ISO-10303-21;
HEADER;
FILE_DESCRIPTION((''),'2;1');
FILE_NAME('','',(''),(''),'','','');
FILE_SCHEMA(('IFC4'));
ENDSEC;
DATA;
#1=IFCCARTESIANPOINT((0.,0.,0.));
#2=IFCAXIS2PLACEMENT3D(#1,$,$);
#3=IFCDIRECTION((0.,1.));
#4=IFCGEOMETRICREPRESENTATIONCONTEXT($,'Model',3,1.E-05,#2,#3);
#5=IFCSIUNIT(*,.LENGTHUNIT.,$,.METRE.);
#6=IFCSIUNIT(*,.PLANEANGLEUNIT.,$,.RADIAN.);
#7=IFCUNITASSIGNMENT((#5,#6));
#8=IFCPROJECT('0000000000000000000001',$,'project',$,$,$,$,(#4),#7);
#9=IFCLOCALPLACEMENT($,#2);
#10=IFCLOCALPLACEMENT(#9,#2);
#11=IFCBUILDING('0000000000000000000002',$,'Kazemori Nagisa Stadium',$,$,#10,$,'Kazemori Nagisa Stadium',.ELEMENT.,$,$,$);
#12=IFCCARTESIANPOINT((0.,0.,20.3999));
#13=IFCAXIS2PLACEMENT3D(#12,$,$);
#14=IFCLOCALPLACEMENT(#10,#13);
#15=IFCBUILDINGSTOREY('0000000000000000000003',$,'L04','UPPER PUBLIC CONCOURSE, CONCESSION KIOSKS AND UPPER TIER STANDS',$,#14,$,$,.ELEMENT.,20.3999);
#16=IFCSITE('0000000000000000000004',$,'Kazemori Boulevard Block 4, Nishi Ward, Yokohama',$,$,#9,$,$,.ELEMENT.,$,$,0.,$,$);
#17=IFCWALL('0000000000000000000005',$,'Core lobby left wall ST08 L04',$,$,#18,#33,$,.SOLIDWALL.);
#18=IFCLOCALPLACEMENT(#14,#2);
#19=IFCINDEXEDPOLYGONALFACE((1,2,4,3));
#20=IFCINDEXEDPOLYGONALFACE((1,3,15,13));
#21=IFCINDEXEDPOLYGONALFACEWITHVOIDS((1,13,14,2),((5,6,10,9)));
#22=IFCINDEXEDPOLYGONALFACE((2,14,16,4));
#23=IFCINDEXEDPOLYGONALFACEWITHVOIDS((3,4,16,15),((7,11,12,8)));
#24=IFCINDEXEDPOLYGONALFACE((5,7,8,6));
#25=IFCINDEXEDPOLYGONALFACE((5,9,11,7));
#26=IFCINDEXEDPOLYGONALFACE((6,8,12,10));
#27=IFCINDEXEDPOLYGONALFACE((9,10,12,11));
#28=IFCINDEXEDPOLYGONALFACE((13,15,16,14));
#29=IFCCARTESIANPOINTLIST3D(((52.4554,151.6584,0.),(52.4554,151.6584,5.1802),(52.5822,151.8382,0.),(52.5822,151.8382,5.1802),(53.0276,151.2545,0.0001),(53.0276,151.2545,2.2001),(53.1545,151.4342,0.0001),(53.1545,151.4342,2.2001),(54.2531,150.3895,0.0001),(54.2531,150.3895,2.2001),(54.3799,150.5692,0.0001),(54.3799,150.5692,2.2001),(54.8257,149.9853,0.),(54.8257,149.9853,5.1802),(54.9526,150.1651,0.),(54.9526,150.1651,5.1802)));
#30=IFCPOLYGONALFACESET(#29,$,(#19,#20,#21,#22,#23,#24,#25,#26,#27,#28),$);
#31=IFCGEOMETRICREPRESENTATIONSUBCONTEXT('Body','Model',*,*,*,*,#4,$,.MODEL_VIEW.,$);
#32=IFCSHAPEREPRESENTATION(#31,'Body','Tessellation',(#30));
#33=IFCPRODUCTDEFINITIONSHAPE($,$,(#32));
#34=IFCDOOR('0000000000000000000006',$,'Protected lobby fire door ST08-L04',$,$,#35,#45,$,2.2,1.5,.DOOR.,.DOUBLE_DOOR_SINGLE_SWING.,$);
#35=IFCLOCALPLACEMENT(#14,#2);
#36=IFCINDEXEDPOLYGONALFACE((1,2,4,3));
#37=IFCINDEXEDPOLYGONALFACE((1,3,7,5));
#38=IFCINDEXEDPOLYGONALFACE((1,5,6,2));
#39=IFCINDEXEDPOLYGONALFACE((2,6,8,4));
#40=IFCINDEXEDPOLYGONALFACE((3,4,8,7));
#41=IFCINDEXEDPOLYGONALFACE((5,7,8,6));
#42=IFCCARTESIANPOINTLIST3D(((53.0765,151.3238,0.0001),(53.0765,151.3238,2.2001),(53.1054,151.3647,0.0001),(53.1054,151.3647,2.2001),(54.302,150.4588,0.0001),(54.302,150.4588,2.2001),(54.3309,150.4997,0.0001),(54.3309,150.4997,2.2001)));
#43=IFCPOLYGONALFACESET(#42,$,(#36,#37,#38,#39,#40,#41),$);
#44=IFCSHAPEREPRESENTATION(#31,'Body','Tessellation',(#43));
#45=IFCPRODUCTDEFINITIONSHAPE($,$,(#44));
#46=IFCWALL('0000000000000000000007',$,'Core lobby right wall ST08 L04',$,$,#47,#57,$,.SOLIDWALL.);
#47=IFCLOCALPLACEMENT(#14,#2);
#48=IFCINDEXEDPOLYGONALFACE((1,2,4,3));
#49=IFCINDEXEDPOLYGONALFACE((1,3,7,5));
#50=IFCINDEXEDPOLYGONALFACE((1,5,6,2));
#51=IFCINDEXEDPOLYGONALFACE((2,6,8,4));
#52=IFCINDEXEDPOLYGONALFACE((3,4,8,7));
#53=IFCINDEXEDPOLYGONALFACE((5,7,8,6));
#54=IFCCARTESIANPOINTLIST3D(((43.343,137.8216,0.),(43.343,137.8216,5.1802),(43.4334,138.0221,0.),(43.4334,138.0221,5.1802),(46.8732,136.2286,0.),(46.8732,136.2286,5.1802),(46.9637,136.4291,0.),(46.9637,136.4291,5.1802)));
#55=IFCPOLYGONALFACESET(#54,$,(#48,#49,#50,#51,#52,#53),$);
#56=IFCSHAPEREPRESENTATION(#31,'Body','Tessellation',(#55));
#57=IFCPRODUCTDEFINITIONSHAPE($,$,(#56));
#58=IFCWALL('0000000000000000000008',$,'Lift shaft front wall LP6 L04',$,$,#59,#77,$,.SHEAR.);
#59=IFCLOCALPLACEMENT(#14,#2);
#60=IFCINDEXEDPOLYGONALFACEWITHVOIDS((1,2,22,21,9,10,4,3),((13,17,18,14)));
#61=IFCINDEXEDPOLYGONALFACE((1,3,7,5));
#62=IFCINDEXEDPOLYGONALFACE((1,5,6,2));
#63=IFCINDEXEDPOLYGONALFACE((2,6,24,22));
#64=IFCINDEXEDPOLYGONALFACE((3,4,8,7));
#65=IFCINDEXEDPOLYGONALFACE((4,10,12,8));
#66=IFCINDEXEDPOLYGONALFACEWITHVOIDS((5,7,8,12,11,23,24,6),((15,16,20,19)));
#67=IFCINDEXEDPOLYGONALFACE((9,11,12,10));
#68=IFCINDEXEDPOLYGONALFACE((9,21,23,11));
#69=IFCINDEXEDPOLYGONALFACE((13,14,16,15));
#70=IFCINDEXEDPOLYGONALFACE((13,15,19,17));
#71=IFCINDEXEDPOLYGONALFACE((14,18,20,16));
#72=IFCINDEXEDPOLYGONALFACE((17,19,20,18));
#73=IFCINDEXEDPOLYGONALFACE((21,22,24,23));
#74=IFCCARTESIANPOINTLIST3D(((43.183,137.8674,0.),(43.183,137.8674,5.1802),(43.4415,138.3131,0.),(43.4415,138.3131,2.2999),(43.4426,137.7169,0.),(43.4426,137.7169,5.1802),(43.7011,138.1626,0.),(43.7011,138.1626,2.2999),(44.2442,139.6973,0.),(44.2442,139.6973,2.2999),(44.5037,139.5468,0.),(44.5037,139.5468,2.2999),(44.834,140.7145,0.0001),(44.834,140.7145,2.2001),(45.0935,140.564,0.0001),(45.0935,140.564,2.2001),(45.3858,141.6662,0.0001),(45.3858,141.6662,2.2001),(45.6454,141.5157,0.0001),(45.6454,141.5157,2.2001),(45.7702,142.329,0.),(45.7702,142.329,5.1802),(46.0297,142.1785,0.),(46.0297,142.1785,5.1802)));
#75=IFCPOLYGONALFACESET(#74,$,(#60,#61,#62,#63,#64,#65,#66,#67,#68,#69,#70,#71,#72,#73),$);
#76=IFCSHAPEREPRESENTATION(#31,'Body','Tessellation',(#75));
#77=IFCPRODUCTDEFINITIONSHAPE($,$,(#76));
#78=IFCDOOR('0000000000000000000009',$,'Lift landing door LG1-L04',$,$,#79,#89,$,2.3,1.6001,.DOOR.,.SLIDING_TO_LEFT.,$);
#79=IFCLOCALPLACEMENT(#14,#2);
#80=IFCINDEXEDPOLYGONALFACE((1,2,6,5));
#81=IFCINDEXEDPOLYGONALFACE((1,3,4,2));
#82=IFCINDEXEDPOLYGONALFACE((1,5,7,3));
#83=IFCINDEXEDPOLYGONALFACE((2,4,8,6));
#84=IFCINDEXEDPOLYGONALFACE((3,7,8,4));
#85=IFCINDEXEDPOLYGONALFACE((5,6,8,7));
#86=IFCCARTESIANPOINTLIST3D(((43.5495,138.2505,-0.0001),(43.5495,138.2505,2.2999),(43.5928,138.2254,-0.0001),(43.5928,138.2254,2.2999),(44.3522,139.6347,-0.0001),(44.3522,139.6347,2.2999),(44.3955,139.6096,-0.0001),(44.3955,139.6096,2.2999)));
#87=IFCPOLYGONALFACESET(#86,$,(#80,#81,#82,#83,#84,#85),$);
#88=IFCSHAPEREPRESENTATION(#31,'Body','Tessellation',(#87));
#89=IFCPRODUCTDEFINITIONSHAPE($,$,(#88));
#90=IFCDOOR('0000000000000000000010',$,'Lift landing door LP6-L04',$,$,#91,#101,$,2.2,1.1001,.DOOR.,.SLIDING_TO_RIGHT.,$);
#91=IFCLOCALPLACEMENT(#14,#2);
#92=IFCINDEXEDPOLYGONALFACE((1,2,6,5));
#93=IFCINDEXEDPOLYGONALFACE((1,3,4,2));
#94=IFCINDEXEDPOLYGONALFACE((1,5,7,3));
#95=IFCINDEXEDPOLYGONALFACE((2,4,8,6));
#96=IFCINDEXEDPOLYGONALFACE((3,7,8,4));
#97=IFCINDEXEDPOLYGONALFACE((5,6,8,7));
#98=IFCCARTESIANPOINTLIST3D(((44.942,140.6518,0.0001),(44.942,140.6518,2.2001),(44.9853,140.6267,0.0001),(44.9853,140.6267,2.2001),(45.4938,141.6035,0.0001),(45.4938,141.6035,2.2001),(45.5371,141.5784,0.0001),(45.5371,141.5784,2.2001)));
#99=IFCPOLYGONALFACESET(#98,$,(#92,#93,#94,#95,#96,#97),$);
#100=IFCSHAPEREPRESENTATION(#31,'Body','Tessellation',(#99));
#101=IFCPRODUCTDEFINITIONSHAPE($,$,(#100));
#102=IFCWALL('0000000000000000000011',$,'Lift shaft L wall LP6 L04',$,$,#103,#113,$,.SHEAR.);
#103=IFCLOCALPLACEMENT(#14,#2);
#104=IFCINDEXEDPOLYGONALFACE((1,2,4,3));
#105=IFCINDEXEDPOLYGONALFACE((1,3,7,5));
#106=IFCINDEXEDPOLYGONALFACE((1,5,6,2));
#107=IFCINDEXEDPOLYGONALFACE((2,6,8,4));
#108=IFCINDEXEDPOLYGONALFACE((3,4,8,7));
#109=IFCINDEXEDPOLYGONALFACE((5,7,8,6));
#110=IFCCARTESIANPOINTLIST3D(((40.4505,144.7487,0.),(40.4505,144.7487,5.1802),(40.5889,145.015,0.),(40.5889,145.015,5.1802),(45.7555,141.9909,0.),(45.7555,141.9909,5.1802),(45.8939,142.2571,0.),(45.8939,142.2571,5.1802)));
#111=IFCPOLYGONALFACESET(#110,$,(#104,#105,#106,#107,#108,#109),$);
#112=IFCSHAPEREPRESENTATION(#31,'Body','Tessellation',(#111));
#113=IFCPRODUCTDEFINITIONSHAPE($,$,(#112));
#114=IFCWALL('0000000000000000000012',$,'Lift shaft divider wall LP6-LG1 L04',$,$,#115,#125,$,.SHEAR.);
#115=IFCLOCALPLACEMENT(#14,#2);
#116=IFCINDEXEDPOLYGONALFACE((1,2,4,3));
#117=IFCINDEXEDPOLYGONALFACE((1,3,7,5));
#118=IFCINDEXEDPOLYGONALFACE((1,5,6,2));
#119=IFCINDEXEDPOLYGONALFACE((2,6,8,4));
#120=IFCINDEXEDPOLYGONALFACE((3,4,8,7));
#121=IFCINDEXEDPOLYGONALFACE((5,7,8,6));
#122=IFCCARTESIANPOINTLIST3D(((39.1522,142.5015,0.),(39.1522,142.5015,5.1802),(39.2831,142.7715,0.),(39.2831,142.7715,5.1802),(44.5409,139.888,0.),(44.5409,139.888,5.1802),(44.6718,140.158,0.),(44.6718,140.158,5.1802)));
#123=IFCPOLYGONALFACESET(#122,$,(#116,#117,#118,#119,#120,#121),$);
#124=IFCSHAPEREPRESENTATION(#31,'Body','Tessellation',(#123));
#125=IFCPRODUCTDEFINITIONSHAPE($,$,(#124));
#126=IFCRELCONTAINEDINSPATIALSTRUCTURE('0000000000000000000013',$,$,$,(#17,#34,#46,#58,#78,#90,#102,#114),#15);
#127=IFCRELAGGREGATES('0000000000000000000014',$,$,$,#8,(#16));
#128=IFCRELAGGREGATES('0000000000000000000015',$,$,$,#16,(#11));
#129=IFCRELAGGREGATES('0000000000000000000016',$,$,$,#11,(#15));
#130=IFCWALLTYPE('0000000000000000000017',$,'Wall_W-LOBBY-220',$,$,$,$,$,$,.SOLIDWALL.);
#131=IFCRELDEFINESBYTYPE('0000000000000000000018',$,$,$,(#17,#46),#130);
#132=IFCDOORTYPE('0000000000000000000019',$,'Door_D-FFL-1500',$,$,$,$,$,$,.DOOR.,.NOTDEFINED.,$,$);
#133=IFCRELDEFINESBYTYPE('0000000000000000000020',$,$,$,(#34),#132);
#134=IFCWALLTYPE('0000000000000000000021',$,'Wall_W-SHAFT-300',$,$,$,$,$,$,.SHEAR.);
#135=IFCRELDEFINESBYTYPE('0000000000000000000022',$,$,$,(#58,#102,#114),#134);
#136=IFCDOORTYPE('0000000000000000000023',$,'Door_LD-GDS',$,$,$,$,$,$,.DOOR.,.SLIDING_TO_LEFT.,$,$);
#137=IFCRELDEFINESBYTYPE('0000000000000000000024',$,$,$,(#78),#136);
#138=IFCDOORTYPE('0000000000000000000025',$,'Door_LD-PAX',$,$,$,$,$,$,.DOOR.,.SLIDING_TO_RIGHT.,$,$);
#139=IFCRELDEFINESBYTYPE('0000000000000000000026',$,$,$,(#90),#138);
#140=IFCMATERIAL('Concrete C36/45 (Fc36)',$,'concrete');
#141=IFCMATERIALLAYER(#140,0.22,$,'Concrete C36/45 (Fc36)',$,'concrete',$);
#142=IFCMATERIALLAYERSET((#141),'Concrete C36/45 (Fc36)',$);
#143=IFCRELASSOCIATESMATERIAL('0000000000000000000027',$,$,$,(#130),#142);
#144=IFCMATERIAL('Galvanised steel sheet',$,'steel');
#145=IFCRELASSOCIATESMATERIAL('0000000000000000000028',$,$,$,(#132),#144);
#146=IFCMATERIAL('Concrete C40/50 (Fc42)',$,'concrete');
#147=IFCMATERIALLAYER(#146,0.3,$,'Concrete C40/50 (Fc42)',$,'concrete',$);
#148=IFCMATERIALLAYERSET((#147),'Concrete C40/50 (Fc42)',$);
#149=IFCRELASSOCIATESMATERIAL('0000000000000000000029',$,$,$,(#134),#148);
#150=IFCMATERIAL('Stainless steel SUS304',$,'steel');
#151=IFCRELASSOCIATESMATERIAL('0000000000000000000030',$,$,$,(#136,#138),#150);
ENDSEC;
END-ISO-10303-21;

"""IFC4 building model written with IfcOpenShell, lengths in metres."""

from ifc_helpers import new_model, si_unit, direction, frame, frame_2d, origin, place, context, subcontext, project, spatial, rectangle, extrude, material, layer, layer_set, type_object, element, fill, save


model = new_model("IFC4")

# Units and contexts
model_context = context("Model", 3, precision=1e-05, world=origin(), true_north=direction((0.0, 1.0)))
body_context = subcontext(model_context, "Body", "Model", "MODEL_VIEW")
ifc_project = project(units=[si_unit("LENGTHUNIT", "METRE"), si_unit("PLANEANGLEUNIT", "RADIAN")], contexts=[model_context])

# Site, building, storey
site_placement = place(None, origin())
site = spatial("IfcSite", under=ifc_project, at=site_placement, Name="Kazemori Boulevard Block 4, Nishi Ward, Yokohama", CompositionType="ELEMENT", RefElevation=0.0)
building_placement = place(site_placement, origin())
building = spatial("IfcBuilding", under=site, at=building_placement, Name="Kazemori Nagisa Stadium", LongName="Kazemori Nagisa Stadium", CompositionType="ELEMENT")
storey_placement = place(building_placement, frame((0.0, 0.0, 20.3999)))
storey = spatial("IfcBuildingStorey", under=building, at=storey_placement, Name="L04", Description="UPPER PUBLIC CONCOURSE, CONCESSION KIOSKS AND UPPER TIER STANDS", CompositionType="ELEMENT", Elevation=20.3999)

# Shared definitions
ifc_material_1 = material(Name="Concrete C40/50 (Fc42)", Category="concrete")

# Wall, opening, door
ifc_material_2 = material(Name="Concrete C36/45 (Fc36)", Category="concrete")
ifc_layer_1 = layer(ifc_material_2, 0.22, Name="Concrete C36/45 (Fc36)", Category="concrete")
ifc_layer_set_1 = layer_set([ifc_layer_1], Name="Concrete C36/45 (Fc36)")
wall_type_1 = type_object("IfcWallType", Name="Wall_W-LOBBY-220", PredefinedType="SOLIDWALL", material=ifc_layer_set_1)
wall_1_placement = place(storey_placement, frame((54.8892, 150.0752, 0.0), z_axis=(0.0, 0.0, 1.0), x_axis=(-0.816984, 0.57666, 0.0)))
wall_1 = element("IfcWall", 1, at=wall_1_placement, inside=storey, type_object=wall_type_1, Name="Core lobby left wall ST08 L04", PredefinedType="SOLIDWALL", context=body_context, shape_type="SweptSolid", body=[
    extrude(rectangle(XDim=2.9014, YDim=0.22, at=frame_2d((1.4507, 0.0))), origin(), (0.0, 0.0, 1.0), 5.1802),
])
opening_1_placement = place(wall_1_placement, frame((0.7009, 0.0, 0.0)))
opening_1 = element("IfcOpeningElement", 2, at=opening_1_placement, cuts=wall_1, PredefinedType="OPENING", context=body_context, shape_type="SweptSolid", body=[
    extrude(rectangle(XDim=1.5, YDim=2.2, at=frame_2d((0.75, 1.1001))), frame((0.0, 0.1199, 0.0), z_axis=(0.0, -1.0, 0.0), x_axis=(1.0, 0.0, 0.0)), (0.0, 0.0, 1.0), 0.24),
])
ifc_material_3 = material(Name="Galvanised steel sheet", Category="steel")
door_type_1 = type_object("IfcDoorType", Name="Door_D-FFL-1500", OperationType="NOTDEFINED", PredefinedType="DOOR", material=ifc_material_3)
door_1_placement = place(opening_1_placement, frame((1.5, 0.0, 0.0), z_axis=(0.0, 0.0, 1.0), x_axis=(-1.0, 0.0, 0.0)))
door_1 = element("IfcDoor", 3, at=door_1_placement, inside=storey, type_object=door_type_1, Name="Protected lobby fire door ST08-L04", OperationType="DOUBLE_DOOR_SINGLE_SWING", OverallHeight=2.2, OverallWidth=1.5, PredefinedType="DOOR", context=body_context, shape_type="SweptSolid", body=[
    extrude(rectangle(XDim=1.5, YDim=2.2, at=frame_2d((0.75, 1.1001))), frame((0.0, 0.0249, 0.0), z_axis=(0.0, -1.0, 0.0), x_axis=(1.0, 0.0, 0.0)), (0.0, 0.0, 1.0), 0.05),
])
fill(opening_1, door_1)

# Wall
wall_2_placement = place(storey_placement, frame((46.9185, 136.3289, 0.0), z_axis=(0.0, 0.0, 1.0), x_axis=(-0.911496, 0.411308, 0.0)))
element("IfcWall", 4, at=wall_2_placement, inside=storey, type_object=wall_type_1, Name="Core lobby right wall ST08 L04", PredefinedType="SOLIDWALL", context=body_context, shape_type="SweptSolid", body=[
    extrude(rectangle(XDim=3.873, YDim=0.22, at=frame_2d((1.9365, 0.0))), origin(), (0.0, 0.0, 1.0), 5.1802),
])

# Wall, openings, doors
ifc_layer_2 = layer(ifc_material_1, 0.3, Name="Concrete C40/50 (Fc42)", Category="concrete")
ifc_layer_set_2 = layer_set([ifc_layer_2], Name="Concrete C40/50 (Fc42)")
wall_type_2 = type_object("IfcWallType", Name="Wall_W-SHAFT-300", PredefinedType="SHEAR", material=ifc_layer_set_2)
wall_3_placement = place(storey_placement, frame((45.8999, 142.2537, 0.0), z_axis=(0.0, 0.0, 1.0), x_axis=(-0.50163, -0.865083, 0.0)))
wall_3 = element("IfcWall", 5, at=wall_3_placement, inside=storey, type_object=wall_type_2, Name="Lift shaft front wall LP6 L04", PredefinedType="SHEAR", context=body_context, shape_type="SweptSolid", body=[
    extrude(rectangle(XDim=5.1575, YDim=0.3, at=frame_2d((2.5786, 0.0))), origin(), (0.0, 0.0, 1.0), 5.1802),
])
opening_2_placement = place(wall_3_placement, frame((0.7661, 0.0, 0.0)))
opening_2 = element("IfcOpeningElement", 6, at=opening_2_placement, cuts=wall_3, PredefinedType="OPENING", context=body_context, shape_type="SweptSolid", body=[
    extrude(rectangle(XDim=1.1001, YDim=2.2, at=frame_2d((0.55, 1.1001))), frame((0.0, 0.1599, 0.0), z_axis=(0.0, -1.0, 0.0), x_axis=(1.0, 0.0, 0.0)), (0.0, 0.0, 1.0), 0.3201),
])
opening_3_placement = place(wall_3_placement, frame((3.042, 0.0, 0.0)))
opening_3 = element("IfcOpeningElement", 7, at=opening_3_placement, cuts=wall_3, PredefinedType="OPENING", context=body_context, shape_type="SweptSolid", body=[
    extrude(rectangle(XDim=1.6001, YDim=2.3, at=frame_2d((0.8, 1.1499))), frame((0.0, 0.1599, 0.0), z_axis=(0.0, -1.0, 0.0), x_axis=(1.0, 0.0, 0.0)), (0.0, 0.0, 1.0), 0.3201),
])
ifc_material_4 = material(Name="Stainless steel SUS304", Category="steel")
door_type_2 = type_object("IfcDoorType", Name="Door_LD-GDS", OperationType="SLIDING_TO_LEFT", PredefinedType="DOOR", material=ifc_material_4)
door_2_placement = place(opening_3_placement, origin())
door_2 = element("IfcDoor", 8, at=door_2_placement, inside=storey, type_object=door_type_2, Name="Lift landing door LG1-L04", OperationType="SLIDING_TO_LEFT", OverallHeight=2.3, OverallWidth=1.6001, PredefinedType="DOOR", context=body_context, shape_type="SweptSolid", body=[
    extrude(rectangle(XDim=1.6001, YDim=2.3, at=frame_2d((0.8, 1.1499))), frame((0.0, 0.0249, 0.0), z_axis=(0.0, -1.0, 0.0), x_axis=(1.0, 0.0, 0.0)), (0.0, 0.0, 1.0), 0.05),
])
fill(opening_3, door_2)
door_type_3 = type_object("IfcDoorType", Name="Door_LD-PAX", OperationType="SLIDING_TO_RIGHT", PredefinedType="DOOR", material=ifc_material_4)
door_3_placement = place(opening_2_placement, origin())
door_3 = element("IfcDoor", 9, at=door_3_placement, inside=storey, type_object=door_type_3, Name="Lift landing door LP6-L04", OperationType="SLIDING_TO_RIGHT", OverallHeight=2.2, OverallWidth=1.1001, PredefinedType="DOOR", context=body_context, shape_type="SweptSolid", body=[
    extrude(rectangle(XDim=1.1001, YDim=2.2, at=frame_2d((0.55, 1.1001))), frame((0.0, 0.0249, 0.0), z_axis=(0.0, -1.0, 0.0), x_axis=(1.0, 0.0, 0.0)), (0.0, 0.0, 1.0), 0.05),
])
fill(opening_2, door_3)

# Walls
wall_4_placement = place(storey_placement, frame((45.8247, 142.124, 0.0), z_axis=(0.0, 0.0, 1.0), x_axis=(-0.887268, 0.461254, 0.0)))
element("IfcWall", 10, at=wall_4_placement, inside=storey, type_object=wall_type_2, Name="Lift shaft L wall LP6 L04", PredefinedType="SHEAR", context=body_context, shape_type="SweptSolid", body=[
    extrude(rectangle(XDim=5.979, YDim=0.3, at=frame_2d((2.9895, 0.0))), origin(), (0.0, 0.0, 1.0), 5.1802),
])
wall_5_placement = place(storey_placement, frame((44.6064, 140.0229, 0.0), z_axis=(0.0, 0.0, 1.0), x_axis=(-0.899759, 0.436387, 0.0)))
element("IfcWall", 11, at=wall_5_placement, inside=storey, type_object=wall_type_2, Name="Lift shaft divider wall LP6-LG1 L04", PredefinedType="SHEAR", context=body_context, shape_type="SweptSolid", body=[
    extrude(rectangle(XDim=5.989, YDim=0.3, at=frame_2d((2.9946, 0.0))), origin(), (0.0, 0.0, 1.0), 5.1802),
])

save(model, "model.ifc")
